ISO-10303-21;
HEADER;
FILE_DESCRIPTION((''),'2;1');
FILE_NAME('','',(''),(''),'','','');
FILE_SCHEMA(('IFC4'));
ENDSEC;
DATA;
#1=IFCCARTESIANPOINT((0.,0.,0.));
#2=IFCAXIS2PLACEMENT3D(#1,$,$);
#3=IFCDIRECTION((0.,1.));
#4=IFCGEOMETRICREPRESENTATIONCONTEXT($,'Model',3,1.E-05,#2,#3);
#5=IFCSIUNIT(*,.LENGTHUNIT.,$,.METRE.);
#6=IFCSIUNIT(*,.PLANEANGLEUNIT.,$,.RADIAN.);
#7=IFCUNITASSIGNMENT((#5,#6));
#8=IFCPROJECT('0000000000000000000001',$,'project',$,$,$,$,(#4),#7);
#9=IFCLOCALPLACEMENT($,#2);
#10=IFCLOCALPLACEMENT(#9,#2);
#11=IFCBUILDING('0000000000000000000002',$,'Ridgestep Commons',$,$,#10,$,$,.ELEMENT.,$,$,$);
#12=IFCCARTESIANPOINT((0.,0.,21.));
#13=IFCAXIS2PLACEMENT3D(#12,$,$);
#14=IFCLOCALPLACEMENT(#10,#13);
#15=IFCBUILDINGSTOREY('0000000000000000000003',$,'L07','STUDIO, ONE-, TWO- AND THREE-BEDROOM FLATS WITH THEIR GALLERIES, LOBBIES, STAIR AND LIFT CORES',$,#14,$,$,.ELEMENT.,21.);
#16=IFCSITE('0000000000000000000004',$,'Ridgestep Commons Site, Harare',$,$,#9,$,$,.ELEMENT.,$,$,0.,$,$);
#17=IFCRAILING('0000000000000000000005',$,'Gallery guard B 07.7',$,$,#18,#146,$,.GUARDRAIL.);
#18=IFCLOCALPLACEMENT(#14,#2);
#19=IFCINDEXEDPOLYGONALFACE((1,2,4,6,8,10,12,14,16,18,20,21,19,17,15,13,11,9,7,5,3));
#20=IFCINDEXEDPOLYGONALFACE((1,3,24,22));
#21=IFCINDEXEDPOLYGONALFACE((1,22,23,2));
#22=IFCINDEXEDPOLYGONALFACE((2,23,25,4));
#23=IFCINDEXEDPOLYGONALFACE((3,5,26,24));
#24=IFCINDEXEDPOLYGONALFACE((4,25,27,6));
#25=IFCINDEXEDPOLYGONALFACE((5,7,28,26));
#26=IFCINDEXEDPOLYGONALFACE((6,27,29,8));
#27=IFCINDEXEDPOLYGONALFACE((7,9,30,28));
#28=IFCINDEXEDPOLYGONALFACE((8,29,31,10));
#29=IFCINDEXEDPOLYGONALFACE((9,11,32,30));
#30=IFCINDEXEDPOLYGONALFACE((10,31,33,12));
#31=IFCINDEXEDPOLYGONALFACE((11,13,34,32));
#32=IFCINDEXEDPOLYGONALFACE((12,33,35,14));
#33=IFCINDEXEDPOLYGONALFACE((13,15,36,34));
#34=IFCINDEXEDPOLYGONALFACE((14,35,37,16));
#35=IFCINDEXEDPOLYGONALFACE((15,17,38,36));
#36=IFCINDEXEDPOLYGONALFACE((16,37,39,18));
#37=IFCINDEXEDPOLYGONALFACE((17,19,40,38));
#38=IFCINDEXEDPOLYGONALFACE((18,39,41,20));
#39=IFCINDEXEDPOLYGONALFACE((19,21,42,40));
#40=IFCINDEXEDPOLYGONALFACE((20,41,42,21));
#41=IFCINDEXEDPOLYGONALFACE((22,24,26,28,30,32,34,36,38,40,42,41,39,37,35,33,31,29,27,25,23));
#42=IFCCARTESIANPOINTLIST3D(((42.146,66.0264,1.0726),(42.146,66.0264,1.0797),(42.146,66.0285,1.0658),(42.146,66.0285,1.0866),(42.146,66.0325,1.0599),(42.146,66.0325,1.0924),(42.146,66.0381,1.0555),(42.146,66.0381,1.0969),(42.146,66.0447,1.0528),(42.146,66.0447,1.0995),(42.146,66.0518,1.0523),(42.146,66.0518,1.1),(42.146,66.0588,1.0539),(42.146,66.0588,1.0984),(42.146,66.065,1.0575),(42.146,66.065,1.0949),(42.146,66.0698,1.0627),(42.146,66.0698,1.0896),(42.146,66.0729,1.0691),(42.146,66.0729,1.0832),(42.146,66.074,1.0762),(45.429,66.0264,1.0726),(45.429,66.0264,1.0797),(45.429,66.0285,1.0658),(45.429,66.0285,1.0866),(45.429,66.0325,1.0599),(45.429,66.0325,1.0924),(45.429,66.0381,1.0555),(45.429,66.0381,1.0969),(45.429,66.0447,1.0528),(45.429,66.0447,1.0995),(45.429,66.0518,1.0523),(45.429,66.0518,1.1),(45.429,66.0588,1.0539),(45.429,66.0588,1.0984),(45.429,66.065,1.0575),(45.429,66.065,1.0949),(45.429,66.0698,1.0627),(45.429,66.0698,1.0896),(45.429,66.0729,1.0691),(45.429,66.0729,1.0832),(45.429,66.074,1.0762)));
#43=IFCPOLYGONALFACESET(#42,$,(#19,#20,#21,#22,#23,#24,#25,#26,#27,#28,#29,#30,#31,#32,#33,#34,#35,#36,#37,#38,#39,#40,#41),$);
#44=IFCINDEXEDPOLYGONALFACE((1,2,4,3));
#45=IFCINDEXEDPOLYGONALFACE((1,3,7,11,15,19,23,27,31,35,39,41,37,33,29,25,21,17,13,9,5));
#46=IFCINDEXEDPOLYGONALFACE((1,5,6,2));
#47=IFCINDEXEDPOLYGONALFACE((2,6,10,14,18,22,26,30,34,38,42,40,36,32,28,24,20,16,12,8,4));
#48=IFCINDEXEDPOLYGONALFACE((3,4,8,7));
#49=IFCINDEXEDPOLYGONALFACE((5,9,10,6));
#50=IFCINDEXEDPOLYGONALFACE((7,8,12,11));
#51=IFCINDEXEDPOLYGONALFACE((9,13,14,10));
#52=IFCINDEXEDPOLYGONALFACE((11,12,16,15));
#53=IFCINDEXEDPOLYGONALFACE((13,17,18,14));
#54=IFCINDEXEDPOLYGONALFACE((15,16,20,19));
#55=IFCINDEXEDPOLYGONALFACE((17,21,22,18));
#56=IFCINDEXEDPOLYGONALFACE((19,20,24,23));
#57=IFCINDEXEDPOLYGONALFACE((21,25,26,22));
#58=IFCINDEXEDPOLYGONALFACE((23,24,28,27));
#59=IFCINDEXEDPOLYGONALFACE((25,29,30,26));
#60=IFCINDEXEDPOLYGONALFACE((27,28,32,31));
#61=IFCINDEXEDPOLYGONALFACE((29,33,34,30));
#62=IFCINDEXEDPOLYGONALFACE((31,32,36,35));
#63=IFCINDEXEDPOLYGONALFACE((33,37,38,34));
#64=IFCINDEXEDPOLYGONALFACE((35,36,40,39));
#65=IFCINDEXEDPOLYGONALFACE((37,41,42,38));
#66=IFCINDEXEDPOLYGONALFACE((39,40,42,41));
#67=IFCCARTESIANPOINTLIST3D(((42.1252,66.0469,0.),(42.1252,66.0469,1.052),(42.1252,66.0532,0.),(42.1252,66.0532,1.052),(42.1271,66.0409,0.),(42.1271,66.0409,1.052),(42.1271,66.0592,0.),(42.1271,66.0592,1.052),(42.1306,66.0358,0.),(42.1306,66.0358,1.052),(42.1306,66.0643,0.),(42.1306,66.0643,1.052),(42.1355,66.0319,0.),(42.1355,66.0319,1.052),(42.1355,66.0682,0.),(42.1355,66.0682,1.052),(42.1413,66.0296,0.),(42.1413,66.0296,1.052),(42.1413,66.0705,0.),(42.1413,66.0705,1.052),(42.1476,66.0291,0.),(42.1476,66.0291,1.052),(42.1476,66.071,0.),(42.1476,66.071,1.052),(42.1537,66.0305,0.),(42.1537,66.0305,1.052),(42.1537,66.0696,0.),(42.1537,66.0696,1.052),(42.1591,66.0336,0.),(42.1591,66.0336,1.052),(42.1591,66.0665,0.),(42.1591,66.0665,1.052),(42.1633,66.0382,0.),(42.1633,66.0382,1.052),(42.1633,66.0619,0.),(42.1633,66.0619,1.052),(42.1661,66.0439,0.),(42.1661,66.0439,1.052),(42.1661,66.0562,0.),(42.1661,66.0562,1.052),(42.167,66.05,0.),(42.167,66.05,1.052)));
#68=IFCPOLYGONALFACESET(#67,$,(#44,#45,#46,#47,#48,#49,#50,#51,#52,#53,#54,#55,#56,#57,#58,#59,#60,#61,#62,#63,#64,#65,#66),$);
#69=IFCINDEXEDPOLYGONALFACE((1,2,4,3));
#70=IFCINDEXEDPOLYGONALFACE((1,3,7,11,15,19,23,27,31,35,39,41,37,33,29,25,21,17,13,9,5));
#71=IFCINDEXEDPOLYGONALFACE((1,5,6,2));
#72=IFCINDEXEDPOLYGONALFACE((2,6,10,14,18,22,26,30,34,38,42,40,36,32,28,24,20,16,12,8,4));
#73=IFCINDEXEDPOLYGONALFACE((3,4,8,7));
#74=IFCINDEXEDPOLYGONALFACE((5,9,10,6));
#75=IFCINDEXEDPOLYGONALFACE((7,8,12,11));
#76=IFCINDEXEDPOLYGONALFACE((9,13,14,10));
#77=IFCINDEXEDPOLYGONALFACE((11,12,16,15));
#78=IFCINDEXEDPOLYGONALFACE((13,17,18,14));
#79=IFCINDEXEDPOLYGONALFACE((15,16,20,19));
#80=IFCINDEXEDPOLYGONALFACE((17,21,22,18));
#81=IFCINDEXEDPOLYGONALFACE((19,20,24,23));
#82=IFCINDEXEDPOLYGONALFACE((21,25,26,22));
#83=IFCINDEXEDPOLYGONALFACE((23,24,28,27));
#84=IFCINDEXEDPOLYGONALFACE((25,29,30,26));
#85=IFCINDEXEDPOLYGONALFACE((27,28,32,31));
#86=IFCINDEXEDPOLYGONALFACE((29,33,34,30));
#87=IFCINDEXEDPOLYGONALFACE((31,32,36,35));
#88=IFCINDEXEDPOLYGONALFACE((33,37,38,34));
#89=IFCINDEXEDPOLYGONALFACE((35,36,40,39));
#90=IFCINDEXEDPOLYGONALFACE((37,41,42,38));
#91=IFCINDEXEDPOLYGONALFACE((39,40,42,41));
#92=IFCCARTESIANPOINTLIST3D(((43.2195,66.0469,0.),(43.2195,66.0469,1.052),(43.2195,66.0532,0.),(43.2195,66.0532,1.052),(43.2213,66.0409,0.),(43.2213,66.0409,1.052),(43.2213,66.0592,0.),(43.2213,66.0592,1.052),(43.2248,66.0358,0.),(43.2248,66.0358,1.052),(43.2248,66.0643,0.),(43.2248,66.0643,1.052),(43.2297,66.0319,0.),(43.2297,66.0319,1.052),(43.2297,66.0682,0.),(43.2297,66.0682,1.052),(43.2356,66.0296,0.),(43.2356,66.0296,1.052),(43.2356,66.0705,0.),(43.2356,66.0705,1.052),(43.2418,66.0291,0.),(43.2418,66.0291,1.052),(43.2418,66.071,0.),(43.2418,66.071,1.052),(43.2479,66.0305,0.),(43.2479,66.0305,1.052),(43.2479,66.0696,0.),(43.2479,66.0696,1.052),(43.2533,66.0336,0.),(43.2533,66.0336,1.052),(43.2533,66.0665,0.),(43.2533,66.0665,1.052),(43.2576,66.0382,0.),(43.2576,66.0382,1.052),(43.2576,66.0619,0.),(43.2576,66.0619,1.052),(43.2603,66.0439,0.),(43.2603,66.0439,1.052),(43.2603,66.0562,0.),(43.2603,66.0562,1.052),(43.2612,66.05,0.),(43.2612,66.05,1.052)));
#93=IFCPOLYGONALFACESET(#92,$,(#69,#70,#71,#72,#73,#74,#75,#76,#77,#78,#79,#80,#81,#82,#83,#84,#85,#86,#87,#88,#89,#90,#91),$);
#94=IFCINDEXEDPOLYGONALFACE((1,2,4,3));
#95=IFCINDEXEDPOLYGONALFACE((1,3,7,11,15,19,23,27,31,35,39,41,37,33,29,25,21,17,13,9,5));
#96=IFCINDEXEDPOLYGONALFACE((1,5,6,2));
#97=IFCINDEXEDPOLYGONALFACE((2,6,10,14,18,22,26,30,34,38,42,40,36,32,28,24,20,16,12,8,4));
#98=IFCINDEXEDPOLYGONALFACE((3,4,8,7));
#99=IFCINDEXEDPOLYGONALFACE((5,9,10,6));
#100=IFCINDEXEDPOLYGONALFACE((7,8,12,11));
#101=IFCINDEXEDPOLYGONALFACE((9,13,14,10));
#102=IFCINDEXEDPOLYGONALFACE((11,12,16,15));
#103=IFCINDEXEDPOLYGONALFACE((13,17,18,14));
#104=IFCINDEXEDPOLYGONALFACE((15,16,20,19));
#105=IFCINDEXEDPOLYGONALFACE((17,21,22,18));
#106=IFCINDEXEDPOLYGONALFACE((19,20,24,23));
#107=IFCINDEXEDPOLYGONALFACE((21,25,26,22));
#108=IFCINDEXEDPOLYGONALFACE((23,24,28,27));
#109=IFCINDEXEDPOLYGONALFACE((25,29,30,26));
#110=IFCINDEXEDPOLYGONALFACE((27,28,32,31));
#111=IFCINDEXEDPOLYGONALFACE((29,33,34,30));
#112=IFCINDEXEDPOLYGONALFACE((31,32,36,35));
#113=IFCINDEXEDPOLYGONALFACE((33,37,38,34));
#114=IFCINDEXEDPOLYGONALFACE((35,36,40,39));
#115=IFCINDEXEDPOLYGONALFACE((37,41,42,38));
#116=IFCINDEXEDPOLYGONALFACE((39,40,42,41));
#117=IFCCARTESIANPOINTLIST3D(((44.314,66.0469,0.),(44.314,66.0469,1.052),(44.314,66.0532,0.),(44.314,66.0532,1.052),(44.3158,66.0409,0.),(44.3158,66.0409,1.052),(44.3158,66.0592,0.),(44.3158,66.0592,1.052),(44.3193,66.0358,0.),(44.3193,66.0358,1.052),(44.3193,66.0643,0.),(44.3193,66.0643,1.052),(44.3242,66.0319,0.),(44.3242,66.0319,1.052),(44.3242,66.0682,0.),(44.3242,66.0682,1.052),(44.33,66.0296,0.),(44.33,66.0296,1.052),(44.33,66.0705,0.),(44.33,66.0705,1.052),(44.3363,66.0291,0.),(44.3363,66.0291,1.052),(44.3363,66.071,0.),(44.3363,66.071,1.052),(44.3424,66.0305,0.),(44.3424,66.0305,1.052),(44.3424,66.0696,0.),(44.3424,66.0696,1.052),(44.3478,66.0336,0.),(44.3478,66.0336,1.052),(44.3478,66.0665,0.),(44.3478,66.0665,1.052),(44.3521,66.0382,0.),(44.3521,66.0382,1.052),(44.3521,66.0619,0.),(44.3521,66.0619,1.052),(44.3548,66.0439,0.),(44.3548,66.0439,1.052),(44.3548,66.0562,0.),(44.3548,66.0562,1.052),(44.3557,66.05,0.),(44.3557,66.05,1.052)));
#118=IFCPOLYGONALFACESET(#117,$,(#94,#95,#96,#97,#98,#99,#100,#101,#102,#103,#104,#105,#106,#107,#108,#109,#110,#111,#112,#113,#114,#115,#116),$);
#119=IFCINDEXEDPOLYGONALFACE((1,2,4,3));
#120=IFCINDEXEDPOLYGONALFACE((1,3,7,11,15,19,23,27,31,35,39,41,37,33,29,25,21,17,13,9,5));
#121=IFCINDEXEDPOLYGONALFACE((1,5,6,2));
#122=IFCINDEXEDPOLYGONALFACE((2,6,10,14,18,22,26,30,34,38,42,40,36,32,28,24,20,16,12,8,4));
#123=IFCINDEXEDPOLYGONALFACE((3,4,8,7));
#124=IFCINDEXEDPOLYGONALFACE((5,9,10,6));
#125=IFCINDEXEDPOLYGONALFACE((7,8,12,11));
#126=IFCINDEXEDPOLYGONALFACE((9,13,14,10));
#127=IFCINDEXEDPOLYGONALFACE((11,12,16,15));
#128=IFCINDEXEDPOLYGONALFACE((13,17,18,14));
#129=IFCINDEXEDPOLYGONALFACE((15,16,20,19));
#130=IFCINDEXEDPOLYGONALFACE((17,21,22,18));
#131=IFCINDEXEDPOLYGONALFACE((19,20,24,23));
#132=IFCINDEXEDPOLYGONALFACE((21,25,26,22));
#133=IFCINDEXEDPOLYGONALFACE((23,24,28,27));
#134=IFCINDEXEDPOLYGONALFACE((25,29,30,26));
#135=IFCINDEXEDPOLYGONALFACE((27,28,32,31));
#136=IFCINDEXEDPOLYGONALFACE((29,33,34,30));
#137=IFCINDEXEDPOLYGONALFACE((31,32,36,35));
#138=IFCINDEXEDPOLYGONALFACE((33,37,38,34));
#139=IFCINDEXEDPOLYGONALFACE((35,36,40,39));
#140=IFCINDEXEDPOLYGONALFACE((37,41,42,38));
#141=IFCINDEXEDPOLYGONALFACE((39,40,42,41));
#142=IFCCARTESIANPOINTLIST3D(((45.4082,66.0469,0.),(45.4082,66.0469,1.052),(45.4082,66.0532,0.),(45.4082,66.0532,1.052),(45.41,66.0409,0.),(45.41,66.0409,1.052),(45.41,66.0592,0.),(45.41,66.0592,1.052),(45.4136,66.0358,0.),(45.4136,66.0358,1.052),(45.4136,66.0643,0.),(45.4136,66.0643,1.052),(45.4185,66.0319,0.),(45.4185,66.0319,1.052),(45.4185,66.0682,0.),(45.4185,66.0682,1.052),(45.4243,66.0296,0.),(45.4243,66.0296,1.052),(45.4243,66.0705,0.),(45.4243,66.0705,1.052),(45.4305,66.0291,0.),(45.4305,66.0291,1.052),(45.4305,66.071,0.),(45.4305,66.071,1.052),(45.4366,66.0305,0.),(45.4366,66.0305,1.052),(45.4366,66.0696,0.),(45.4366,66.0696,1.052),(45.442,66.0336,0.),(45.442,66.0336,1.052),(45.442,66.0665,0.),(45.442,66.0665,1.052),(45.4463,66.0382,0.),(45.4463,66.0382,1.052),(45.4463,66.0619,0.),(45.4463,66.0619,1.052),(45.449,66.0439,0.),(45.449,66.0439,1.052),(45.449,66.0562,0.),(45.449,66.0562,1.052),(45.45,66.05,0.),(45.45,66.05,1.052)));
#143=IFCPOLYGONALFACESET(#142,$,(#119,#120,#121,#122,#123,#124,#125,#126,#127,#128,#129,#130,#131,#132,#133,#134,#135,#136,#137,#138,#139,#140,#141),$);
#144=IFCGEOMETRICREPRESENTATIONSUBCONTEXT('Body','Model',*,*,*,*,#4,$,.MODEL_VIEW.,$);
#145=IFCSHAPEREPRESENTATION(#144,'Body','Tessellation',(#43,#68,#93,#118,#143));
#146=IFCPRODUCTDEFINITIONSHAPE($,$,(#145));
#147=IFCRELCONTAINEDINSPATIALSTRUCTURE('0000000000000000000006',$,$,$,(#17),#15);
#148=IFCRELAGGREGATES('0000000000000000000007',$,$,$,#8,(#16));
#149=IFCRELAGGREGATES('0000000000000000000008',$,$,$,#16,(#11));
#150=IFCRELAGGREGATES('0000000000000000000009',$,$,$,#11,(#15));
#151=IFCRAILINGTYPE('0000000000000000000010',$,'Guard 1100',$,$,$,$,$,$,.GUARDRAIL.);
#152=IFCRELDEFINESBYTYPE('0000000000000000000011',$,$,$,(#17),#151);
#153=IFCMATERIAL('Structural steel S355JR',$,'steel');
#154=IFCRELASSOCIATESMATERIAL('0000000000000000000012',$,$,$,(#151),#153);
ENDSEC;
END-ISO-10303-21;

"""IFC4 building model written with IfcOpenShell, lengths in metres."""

from ifc_helpers import new_model, si_unit, direction, frame, origin, origin_2d, place, context, subcontext, project, spatial, circle, extrude, material, type_object, element, save


model = new_model("IFC4")

# Units and contexts
model_context = context("Model", 3, precision=1e-05, world=origin(), true_north=direction((0.0, 1.0)))
body_context = subcontext(model_context, "Body", "Model", "MODEL_VIEW")
ifc_project = project(units=[si_unit("LENGTHUNIT", "METRE"), si_unit("PLANEANGLEUNIT", "RADIAN")], contexts=[model_context])

# Site, building, storey
site_placement = place(None, origin())
site = spatial("IfcSite", under=ifc_project, at=site_placement, Name="Ridgestep Commons Site, Harare", CompositionType="ELEMENT", RefElevation=0.0)
building_placement = place(site_placement, origin())
building = spatial("IfcBuilding", under=site, at=building_placement, Name="Ridgestep Commons", CompositionType="ELEMENT")
storey_placement = place(building_placement, frame((0.0, 0.0, 21.0)))
storey = spatial("IfcBuildingStorey", under=building, at=storey_placement, Name="L07", Description="STUDIO, ONE-, TWO- AND THREE-BEDROOM FLATS WITH THEIR GALLERIES, LOBBIES, STAIR AND LIFT CORES", CompositionType="ELEMENT", Elevation=21.0)

# Railing
ifc_material_1 = material(Name="Structural steel S355JR", Category="steel")
railing_type_1 = type_object("IfcRailingType", Name="Guard 1100", PredefinedType="GUARDRAIL", material=ifc_material_1)
railing_1_placement = place(storey_placement, frame((42.146, 66.05, 0.0)))
element("IfcRailing", 1, at=railing_1_placement, inside=storey, type_object=railing_type_1, Name="Gallery guard B 07.7", PredefinedType="GUARDRAIL", context=body_context, shape_type="SweptSolid", body=[
    extrude(circle(Radius=0.0239, at=origin_2d()), frame((0.0, 0.0, 1.0762), z_axis=(1.0, 0.0, 0.0), x_axis=(0.0, 1.0, 0.0)), (0.0, 0.0, 1.0), 3.283),
    extrude(circle(Radius=0.021, at=origin_2d()), origin(), (0.0, 0.0, 1.0), 1.052),
    extrude(circle(Radius=0.021, at=origin_2d()), frame((1.0942, 0.0, 0.0)), (0.0, 0.0, 1.0), 1.052),
    extrude(circle(Radius=0.021, at=origin_2d()), frame((2.1887, 0.0, 0.0)), (0.0, 0.0, 1.0), 1.052),
    extrude(circle(Radius=0.021, at=origin_2d()), frame((3.283, 0.0, 0.0)), (0.0, 0.0, 1.0), 1.052),
])

save(model, "model.ifc")
